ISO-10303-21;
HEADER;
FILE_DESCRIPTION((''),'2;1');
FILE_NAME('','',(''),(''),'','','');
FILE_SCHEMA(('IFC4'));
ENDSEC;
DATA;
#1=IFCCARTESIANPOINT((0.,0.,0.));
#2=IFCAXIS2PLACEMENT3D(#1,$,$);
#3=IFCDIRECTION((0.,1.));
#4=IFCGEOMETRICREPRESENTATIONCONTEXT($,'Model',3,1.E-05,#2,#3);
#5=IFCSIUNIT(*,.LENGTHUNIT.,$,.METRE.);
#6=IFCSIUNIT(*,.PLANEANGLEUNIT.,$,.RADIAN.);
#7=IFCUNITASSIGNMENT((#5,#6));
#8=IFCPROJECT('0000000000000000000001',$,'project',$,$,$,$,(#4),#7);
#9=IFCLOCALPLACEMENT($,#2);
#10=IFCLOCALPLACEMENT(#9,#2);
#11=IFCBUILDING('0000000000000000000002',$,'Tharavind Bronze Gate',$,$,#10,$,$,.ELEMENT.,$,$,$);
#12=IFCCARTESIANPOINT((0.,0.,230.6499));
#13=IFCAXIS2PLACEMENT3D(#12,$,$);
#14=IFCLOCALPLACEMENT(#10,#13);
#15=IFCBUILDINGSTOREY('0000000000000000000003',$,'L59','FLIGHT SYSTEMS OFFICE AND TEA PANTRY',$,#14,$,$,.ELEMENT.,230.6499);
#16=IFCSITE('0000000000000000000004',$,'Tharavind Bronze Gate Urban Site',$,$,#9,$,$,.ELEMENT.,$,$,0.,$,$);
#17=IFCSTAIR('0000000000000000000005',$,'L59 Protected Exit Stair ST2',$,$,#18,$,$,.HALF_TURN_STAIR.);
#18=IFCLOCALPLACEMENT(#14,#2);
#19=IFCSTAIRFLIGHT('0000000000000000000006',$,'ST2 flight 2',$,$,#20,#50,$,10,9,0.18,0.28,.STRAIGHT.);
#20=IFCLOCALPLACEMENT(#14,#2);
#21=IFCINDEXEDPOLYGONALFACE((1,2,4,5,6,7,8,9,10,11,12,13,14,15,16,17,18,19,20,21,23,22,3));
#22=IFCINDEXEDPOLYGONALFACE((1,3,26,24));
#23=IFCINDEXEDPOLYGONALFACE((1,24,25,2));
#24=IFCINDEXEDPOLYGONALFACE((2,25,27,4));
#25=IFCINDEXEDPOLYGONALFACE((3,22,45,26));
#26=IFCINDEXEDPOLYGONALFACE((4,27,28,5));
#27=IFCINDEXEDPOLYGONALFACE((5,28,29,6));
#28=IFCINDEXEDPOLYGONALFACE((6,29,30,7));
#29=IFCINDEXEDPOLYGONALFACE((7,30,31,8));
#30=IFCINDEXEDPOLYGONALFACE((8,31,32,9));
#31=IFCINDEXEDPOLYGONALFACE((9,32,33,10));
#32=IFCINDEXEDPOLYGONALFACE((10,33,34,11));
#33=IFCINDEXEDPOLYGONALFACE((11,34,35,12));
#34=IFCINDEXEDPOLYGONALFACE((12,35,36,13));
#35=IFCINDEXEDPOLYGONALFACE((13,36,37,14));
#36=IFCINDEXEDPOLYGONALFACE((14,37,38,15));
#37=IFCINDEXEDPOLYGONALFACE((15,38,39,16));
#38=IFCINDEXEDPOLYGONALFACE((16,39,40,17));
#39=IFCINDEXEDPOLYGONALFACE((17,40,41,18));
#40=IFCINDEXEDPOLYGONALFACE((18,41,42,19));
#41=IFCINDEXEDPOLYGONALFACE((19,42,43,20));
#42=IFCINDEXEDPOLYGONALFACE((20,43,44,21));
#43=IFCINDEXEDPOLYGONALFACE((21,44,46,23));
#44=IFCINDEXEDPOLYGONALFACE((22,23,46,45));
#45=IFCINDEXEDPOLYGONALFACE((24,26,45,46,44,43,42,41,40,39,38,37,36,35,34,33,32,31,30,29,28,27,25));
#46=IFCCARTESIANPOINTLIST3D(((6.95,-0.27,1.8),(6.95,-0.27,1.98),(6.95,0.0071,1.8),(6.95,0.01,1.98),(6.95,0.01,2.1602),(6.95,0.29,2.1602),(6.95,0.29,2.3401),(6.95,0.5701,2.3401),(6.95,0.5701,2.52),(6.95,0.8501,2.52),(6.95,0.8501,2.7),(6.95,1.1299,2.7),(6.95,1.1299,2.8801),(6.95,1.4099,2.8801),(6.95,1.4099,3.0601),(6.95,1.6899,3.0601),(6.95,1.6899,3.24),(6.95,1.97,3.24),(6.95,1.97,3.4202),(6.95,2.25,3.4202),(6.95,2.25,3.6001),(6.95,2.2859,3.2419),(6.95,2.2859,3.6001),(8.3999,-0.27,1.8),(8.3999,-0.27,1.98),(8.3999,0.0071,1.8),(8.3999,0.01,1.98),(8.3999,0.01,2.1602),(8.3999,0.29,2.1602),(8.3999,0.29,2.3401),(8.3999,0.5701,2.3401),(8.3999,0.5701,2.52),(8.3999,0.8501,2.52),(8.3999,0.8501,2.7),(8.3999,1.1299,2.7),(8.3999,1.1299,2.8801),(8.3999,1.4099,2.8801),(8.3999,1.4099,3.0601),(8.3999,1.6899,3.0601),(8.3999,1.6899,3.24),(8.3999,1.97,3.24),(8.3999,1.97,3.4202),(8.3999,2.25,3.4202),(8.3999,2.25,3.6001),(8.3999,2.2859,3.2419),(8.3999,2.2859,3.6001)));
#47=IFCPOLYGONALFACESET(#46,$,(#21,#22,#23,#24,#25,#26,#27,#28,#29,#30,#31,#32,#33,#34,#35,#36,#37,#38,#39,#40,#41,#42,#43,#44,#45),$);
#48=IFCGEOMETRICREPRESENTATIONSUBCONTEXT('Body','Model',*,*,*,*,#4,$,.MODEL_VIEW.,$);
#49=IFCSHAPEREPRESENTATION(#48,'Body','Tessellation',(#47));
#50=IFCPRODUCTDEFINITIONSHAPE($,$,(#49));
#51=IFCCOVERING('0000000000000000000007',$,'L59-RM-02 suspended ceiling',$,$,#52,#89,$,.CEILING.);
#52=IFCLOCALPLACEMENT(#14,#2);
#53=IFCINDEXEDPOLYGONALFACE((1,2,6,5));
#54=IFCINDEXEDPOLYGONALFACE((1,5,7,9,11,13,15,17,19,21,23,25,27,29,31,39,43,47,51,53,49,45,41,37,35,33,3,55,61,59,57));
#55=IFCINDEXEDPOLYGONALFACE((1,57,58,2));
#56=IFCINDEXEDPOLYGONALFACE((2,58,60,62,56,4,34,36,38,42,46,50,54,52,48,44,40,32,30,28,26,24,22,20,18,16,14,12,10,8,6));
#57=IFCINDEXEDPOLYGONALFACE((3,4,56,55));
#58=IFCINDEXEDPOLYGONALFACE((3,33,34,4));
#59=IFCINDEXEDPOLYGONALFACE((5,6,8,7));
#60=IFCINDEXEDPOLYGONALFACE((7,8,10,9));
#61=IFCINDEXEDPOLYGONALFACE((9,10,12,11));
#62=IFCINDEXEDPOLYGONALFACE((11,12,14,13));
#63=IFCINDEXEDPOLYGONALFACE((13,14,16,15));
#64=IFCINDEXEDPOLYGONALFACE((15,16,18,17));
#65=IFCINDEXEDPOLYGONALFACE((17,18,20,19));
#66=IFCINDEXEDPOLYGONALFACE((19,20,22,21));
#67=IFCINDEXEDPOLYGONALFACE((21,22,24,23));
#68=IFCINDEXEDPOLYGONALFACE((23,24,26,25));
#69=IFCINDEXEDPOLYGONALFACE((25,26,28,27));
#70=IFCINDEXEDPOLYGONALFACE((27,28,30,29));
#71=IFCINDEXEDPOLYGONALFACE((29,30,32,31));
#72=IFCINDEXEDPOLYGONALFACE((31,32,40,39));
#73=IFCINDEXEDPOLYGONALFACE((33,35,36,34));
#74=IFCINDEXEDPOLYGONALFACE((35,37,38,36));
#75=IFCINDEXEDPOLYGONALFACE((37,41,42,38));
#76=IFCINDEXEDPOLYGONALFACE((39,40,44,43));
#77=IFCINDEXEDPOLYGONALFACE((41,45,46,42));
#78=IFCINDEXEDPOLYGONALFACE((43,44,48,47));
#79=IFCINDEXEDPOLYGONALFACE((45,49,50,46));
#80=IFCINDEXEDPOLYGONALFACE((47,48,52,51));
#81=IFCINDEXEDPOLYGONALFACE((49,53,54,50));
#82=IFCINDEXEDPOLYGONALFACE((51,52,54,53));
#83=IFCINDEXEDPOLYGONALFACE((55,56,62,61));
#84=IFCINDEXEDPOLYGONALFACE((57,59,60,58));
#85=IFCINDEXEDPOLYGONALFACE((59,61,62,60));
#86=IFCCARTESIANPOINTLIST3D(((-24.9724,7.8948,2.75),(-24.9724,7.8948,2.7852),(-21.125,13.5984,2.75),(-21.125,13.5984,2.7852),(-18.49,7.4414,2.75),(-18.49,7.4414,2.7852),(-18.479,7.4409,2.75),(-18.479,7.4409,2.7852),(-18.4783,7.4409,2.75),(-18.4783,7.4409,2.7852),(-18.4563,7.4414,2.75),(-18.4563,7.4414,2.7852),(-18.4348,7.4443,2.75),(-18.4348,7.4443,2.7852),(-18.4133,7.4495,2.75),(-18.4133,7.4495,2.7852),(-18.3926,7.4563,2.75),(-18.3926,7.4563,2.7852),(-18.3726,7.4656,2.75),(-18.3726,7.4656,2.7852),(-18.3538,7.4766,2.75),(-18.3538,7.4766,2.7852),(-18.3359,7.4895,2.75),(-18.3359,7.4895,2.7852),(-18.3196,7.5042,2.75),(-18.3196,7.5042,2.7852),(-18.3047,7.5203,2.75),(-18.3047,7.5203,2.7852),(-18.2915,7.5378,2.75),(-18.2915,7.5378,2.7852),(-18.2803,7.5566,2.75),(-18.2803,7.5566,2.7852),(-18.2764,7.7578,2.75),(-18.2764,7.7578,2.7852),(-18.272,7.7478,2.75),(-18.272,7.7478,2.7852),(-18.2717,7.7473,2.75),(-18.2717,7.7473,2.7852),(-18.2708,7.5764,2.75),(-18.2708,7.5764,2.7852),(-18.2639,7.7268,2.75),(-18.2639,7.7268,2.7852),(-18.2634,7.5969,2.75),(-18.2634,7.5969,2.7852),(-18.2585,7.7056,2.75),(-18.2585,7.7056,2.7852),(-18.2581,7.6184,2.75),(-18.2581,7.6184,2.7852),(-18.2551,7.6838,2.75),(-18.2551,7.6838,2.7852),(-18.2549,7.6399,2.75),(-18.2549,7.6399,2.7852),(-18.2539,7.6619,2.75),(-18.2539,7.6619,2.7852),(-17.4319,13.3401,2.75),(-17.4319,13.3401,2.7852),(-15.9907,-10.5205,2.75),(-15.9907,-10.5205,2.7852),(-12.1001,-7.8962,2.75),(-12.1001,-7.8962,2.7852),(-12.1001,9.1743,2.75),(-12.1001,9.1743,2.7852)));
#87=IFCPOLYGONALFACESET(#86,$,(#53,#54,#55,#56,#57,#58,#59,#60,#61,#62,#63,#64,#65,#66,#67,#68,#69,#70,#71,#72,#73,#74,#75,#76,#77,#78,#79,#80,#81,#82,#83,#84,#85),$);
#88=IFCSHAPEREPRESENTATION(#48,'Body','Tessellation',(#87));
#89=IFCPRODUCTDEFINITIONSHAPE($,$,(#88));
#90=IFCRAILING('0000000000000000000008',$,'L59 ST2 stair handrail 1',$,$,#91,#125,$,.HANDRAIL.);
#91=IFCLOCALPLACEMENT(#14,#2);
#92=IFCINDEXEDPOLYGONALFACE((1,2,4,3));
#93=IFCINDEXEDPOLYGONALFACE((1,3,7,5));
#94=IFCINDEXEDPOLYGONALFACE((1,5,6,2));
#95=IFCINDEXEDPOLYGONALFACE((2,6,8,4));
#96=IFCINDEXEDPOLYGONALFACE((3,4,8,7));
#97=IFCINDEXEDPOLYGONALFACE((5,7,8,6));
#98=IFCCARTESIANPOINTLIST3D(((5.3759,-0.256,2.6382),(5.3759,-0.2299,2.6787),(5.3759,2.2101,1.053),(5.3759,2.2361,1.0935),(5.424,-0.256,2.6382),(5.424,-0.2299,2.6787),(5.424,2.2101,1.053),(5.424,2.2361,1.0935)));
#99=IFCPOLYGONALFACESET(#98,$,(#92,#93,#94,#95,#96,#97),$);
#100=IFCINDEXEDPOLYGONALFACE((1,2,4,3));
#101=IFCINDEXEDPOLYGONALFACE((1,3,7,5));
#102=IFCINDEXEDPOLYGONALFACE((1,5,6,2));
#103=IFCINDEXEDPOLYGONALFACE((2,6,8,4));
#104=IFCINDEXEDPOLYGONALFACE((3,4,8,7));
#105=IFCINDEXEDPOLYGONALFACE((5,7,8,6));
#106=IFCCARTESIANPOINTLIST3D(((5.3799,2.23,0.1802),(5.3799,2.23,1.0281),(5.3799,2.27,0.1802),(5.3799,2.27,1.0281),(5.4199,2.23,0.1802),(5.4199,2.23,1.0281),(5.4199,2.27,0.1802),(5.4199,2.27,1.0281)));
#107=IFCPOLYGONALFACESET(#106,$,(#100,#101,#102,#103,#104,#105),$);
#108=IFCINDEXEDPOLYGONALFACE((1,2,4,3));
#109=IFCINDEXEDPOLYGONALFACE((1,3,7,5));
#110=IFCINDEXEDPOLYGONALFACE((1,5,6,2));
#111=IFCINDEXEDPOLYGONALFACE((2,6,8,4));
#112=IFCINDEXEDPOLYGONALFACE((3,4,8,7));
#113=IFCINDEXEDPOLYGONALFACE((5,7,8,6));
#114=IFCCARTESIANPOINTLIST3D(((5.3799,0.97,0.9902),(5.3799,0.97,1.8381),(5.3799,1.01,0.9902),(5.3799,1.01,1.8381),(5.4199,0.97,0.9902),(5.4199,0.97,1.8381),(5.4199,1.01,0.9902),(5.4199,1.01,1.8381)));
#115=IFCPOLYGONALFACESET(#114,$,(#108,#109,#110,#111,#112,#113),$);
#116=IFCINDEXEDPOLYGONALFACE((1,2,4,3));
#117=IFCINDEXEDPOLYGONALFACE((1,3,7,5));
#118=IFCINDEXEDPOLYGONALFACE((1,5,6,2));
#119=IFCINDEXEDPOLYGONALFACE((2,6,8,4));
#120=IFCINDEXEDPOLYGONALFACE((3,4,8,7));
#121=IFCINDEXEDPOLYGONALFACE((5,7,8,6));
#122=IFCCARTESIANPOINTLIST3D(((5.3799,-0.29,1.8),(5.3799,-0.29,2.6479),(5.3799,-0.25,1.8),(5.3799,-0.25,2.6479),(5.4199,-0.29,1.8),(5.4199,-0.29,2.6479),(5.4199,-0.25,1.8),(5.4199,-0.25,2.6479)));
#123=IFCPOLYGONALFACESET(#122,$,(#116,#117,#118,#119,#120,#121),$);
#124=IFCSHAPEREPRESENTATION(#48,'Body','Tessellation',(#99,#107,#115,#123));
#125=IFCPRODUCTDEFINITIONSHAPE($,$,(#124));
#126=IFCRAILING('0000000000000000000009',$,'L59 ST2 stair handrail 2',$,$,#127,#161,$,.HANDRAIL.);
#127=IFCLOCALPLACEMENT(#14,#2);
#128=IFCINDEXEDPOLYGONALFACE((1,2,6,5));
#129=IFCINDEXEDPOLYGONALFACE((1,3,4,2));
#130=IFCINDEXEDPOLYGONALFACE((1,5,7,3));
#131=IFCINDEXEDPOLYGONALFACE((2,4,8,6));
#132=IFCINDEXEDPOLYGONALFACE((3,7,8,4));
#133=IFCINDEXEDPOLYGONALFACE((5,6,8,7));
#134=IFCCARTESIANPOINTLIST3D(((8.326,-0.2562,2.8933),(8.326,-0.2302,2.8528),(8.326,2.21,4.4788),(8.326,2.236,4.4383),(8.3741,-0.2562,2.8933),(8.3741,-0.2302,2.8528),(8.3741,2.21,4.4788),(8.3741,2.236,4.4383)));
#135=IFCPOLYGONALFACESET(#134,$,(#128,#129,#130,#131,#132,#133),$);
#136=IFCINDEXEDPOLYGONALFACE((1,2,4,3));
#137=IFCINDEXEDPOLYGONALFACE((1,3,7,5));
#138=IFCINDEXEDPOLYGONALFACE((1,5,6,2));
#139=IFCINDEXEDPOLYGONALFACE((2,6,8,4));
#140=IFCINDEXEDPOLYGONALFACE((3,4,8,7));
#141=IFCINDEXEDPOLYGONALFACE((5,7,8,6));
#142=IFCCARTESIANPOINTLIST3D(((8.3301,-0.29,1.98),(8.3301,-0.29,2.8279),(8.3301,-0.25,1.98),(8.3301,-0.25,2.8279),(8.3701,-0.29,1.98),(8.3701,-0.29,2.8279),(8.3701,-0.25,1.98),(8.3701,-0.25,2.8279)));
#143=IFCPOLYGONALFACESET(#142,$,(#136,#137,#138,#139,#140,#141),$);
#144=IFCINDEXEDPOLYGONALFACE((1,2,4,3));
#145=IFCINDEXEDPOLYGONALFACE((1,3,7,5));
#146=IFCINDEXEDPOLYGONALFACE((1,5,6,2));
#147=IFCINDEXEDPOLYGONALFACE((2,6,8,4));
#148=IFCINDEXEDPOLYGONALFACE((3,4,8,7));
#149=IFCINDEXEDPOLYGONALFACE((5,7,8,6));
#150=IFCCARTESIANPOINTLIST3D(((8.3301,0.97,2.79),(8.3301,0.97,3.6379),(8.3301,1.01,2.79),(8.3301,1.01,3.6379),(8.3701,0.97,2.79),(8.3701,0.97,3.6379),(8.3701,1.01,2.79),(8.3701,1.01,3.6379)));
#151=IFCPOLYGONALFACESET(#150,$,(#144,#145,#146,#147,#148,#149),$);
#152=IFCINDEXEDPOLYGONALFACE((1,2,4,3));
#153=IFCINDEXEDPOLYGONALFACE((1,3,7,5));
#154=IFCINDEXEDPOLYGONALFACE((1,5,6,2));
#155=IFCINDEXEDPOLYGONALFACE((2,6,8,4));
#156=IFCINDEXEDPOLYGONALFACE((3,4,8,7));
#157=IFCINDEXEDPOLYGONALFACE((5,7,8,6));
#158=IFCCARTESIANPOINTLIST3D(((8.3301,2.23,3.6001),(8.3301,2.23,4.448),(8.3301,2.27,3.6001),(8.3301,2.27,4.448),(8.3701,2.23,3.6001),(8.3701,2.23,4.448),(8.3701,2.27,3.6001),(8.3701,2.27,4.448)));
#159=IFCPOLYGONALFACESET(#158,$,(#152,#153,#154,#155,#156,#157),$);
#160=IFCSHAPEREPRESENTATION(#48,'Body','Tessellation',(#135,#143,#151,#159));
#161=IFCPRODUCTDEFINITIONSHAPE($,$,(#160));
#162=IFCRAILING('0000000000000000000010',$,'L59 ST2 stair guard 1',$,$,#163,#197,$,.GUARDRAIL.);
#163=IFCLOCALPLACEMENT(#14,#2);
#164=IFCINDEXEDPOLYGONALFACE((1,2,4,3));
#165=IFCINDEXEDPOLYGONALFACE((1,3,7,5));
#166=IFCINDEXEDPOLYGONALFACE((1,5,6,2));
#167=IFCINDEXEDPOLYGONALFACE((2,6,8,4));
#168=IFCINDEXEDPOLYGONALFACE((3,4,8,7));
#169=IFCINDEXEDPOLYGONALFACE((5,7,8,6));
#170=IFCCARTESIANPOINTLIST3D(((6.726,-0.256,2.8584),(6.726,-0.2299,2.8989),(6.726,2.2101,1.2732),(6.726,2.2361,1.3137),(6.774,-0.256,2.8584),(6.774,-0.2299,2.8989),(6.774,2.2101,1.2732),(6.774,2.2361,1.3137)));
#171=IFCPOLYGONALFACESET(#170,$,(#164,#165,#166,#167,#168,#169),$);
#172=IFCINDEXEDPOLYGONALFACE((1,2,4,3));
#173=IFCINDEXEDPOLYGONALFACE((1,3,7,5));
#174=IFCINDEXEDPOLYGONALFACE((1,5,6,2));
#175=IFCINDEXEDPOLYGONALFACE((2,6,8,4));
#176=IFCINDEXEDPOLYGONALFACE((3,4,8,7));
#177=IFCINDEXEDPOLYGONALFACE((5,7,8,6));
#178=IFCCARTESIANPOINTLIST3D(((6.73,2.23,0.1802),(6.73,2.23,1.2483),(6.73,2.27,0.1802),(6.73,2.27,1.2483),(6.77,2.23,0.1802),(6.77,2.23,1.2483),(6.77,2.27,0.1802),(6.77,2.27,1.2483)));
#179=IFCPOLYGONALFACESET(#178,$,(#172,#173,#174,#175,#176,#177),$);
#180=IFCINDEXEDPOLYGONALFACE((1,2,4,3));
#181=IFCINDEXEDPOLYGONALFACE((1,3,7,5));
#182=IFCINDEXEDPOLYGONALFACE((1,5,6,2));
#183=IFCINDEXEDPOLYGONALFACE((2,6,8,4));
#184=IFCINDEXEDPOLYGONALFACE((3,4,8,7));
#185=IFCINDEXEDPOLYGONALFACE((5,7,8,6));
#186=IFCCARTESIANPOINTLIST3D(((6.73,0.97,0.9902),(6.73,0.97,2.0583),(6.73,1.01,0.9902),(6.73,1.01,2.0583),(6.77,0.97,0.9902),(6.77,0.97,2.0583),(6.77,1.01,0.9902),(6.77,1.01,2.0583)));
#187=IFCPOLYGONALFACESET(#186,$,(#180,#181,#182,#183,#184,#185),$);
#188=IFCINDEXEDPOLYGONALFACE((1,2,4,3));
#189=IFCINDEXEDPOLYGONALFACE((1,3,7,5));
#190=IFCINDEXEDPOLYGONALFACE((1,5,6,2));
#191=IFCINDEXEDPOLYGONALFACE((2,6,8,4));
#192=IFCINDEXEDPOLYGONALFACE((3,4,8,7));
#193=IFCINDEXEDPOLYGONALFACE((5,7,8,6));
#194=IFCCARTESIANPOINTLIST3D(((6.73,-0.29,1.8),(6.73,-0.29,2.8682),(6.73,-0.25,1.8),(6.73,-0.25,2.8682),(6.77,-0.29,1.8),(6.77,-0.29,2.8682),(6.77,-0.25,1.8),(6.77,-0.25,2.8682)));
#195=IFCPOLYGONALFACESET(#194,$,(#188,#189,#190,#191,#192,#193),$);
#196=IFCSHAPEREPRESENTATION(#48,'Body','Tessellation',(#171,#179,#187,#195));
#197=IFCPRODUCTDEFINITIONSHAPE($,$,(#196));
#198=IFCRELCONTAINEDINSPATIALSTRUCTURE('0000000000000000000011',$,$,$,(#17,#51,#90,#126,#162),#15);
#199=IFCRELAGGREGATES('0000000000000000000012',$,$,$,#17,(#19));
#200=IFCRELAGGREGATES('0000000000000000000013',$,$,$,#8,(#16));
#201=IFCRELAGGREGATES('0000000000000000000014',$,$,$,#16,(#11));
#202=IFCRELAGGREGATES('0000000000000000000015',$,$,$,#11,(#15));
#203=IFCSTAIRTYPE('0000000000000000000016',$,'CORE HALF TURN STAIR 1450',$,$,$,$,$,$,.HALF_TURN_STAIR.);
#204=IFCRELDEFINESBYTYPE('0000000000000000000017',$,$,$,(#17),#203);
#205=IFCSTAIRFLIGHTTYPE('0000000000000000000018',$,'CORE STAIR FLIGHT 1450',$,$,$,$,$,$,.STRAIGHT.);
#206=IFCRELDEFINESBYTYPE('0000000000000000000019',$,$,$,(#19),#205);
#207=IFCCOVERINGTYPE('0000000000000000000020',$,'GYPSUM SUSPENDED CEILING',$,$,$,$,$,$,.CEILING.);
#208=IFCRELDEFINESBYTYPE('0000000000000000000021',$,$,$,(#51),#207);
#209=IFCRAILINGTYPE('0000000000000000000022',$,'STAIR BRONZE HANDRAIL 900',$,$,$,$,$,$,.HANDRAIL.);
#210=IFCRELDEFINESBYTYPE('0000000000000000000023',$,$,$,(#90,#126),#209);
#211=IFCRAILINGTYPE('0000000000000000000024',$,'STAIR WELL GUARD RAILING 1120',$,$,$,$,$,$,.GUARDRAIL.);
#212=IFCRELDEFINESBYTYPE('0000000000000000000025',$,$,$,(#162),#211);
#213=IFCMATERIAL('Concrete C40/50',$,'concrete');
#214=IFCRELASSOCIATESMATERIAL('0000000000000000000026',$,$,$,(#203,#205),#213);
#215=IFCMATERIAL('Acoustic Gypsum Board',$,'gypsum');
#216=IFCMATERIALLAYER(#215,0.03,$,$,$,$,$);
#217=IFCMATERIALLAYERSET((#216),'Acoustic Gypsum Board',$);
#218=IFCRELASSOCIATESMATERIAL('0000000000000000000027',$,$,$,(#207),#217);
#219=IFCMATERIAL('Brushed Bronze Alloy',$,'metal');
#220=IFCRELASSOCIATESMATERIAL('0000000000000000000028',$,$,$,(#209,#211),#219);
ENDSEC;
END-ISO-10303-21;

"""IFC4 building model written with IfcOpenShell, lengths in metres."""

from ifc_helpers import new_model, si_unit, direction, frame, origin, origin_2d, place, context, subcontext, project, spatial, polyline, rectangle, outline, extrude, material, layer, layer_set, type_object, element, aggregate, save


model = new_model("IFC4")

# Units and contexts
model_context = context("Model", 3, precision=1e-05, world=origin(), true_north=direction((0.0, 1.0)))
body_context = subcontext(model_context, "Body", "Model", "MODEL_VIEW")
ifc_project = project(units=[si_unit("LENGTHUNIT", "METRE"), si_unit("PLANEANGLEUNIT", "RADIAN")], contexts=[model_context])

# Site, building, storey
site_placement = place(None, origin())
site = spatial("IfcSite", under=ifc_project, at=site_placement, Name="Tharavind Bronze Gate Urban Site", CompositionType="ELEMENT", RefElevation=0.0)
building_placement = place(site_placement, origin())
building = spatial("IfcBuilding", under=site, at=building_placement, Name="Tharavind Bronze Gate", CompositionType="ELEMENT")
storey_placement = place(building_placement, frame((0.0, 0.0, 230.6499)))
storey = spatial("IfcBuildingStorey", under=building, at=storey_placement, Name="L59", Description="FLIGHT SYSTEMS OFFICE AND TEA PANTRY", CompositionType="ELEMENT", Elevation=230.6499)

# Shared definitions
ifc_material_1 = material(Name="Concrete C40/50", Category="concrete")

# Stair, stair flight
stair_type = type_object("IfcStairType", Name="CORE HALF TURN STAIR 1450", PredefinedType="HALF_TURN_STAIR", material=ifc_material_1)
stair_placement = place(storey_placement, origin())
stair = element("IfcStair", 1, at=stair_placement, inside=storey, type_object=stair_type, Name="L59 Protected Exit Stair ST2", PredefinedType="HALF_TURN_STAIR")
stair_flight_type = type_object("IfcStairFlightType", Name="CORE STAIR FLIGHT 1450", PredefinedType="STRAIGHT", material=ifc_material_1)
stair_flight_1_placement = place(storey_placement, frame((7.675, -0.27, 1.8), z_axis=(0.0, 0.0, 1.0), x_axis=(0.0, 1.0, 0.0)))
stair_flight_1 = element("IfcStairFlight", 2, at=stair_flight_1_placement, type_object=stair_flight_type, Name="ST2 flight 2", NumberOfRisers=10, NumberOfTreads=9, PredefinedType="STRAIGHT", RiserHeight=0.18, TreadLength=0.28, context=body_context, shape_type="SweptSolid", body=[
    extrude(outline(polyline([(0.0, 0.0), (0.0, 0.1799), (0.28, 0.1799), (0.28, 0.3601), (0.5601, 0.3601), (0.5601, 0.54), (0.8401, 0.54), (0.8401, 0.72), (1.1201, 0.72), (1.1201, 0.8999), (1.3999, 0.8999), (1.3999, 1.0801), (1.6799, 1.0801), (1.6799, 1.26), (1.96, 1.26), (1.96, 1.4399), (2.24, 1.4399), (2.24, 1.6201), (2.52, 1.6201), (2.52, 1.8), (2.5559, 1.8), (2.5559, 1.4419), (0.2771, 0.0), (0.0, 0.0)])), frame((0.0, 0.7251, 0.0), z_axis=(0.0, -1.0, 0.0), x_axis=(1.0, 0.0, 0.0)), (0.0, 0.0, 1.0), 1.45),
])
aggregate(stair, [stair_flight_1])

# Covering
ifc_material_2 = material(Name="Acoustic Gypsum Board", Category="gypsum")
ifc_layer_1 = layer(ifc_material_2, 0.03)
ifc_layer_set_1 = layer_set([ifc_layer_1], Name="Acoustic Gypsum Board")
covering_type = type_object("IfcCoveringType", Name="GYPSUM SUSPENDED CEILING", PredefinedType="CEILING", material=ifc_layer_set_1)
covering_placement = place(storey_placement, frame((0.0, 0.0, 2.75)))
element("IfcCovering", 3, at=covering_placement, inside=storey, type_object=covering_type, Name="L59-RM-02 suspended ceiling", PredefinedType="CEILING", context=body_context, shape_type="SweptSolid", body=[
    extrude(outline(polyline([(-15.9907, -10.5205), (-12.1001, -7.8962), (-12.1001, 9.1743), (-17.4319, 13.3401), (-21.125, 13.5984), (-18.2764, 7.7578), (-18.272, 7.7478), (-18.2717, 7.7473), (-18.2639, 7.7268), (-18.2585, 7.7056), (-18.2551, 7.6838), (-18.2539, 7.6619), (-18.2549, 7.6399), (-18.2581, 7.6184), (-18.2634, 7.5969), (-18.2708, 7.5764), (-18.2803, 7.5566), (-18.2915, 7.5378), (-18.3047, 7.5203), (-18.3196, 7.5042), (-18.3359, 7.4895), (-18.3538, 7.4766), (-18.3726, 7.4656), (-18.3926, 7.4563), (-18.4133, 7.4495), (-18.4348, 7.4443), (-18.4563, 7.4414), (-18.4783, 7.4409), (-18.479, 7.4409), (-18.49, 7.4414), (-24.9724, 7.8948), (-15.9907, -10.5205)])), origin(), (0.0, 0.0, 1.0), 0.0352),
])

# Railings
ifc_material_3 = material(Name="Brushed Bronze Alloy", Category="metal")
railing_type_1 = type_object("IfcRailingType", Name="STAIR BRONZE HANDRAIL 900", PredefinedType="HANDRAIL", material=ifc_material_3)
railing_1_placement = place(storey_placement, frame((5.3999, 2.25, 0.1802)))
element("IfcRailing", 4, at=railing_1_placement, inside=storey, type_object=railing_type_1, Name="L59 ST2 stair handrail 1", PredefinedType="HANDRAIL", context=body_context, shape_type="SweptSolid", body=[
    extrude(rectangle(XDim=0.0481, YDim=0.0481, at=origin_2d()), frame((0.0, -0.0269, 0.8931), z_axis=(0.0, -0.8412, 0.540725), x_axis=(1.0, 0.0, 0.0)), (0.0, 0.0, 1.0), 2.9316),
    extrude(rectangle(XDim=0.04, YDim=0.04, at=origin_2d()), origin(), (0.0, 0.0, 1.0), 0.8479),
    extrude(rectangle(XDim=0.04, YDim=0.04, at=origin_2d()), frame((0.0, -1.26, 0.8101)), (0.0, 0.0, 1.0), 0.8479),
    extrude(rectangle(XDim=0.04, YDim=0.04, at=origin_2d()), frame((0.0, -2.52, 1.6199)), (0.0, 0.0, 1.0), 0.8479),
])
railing_2_placement = place(storey_placement, frame((8.3501, -0.27, 1.98)))
element("IfcRailing", 5, at=railing_2_placement, inside=storey, type_object=railing_type_1, Name="L59 ST2 stair handrail 2", PredefinedType="HANDRAIL", context=body_context, shape_type="SweptSolid", body=[
    extrude(rectangle(XDim=0.0481, YDim=0.0481, at=origin_2d()), frame((0.0, 0.0269, 0.8931), z_axis=(0.0, 0.841163, 0.540782), x_axis=(-1.0, 0.0, 0.0)), (0.0, 0.0, 1.0), 2.9319),
    extrude(rectangle(XDim=0.04, YDim=0.04, at=origin_2d()), origin(), (0.0, 0.0, 1.0), 0.8479),
    extrude(rectangle(XDim=0.04, YDim=0.04, at=origin_2d()), frame((0.0, 1.26, 0.8101)), (0.0, 0.0, 1.0), 0.8479),
    extrude(rectangle(XDim=0.04, YDim=0.04, at=origin_2d()), frame((0.0, 2.52, 1.6201)), (0.0, 0.0, 1.0), 0.8479),
])
railing_type_2 = type_object("IfcRailingType", Name="STAIR WELL GUARD RAILING 1120", PredefinedType="GUARDRAIL", material=ifc_material_3)
railing_3_placement = place(storey_placement, frame((6.75, 2.25, 0.1802)))
element("IfcRailing", 6, at=railing_3_placement, inside=storey, type_object=railing_type_2, Name="L59 ST2 stair guard 1", PredefinedType="GUARDRAIL", context=body_context, shape_type="SweptSolid", body=[
    extrude(rectangle(XDim=0.0481, YDim=0.0481, at=origin_2d()), frame((0.0, -0.0269, 1.1133), z_axis=(0.0, -0.8412, 0.540725), x_axis=(1.0, 0.0, 0.0)), (0.0, 0.0, 1.0), 2.9316),
    extrude(rectangle(XDim=0.04, YDim=0.04, at=origin_2d()), origin(), (0.0, 0.0, 1.0), 1.0681),
    extrude(rectangle(XDim=0.04, YDim=0.04, at=origin_2d()), frame((0.0, -1.26, 0.8101)), (0.0, 0.0, 1.0), 1.0681),
    extrude(rectangle(XDim=0.04, YDim=0.04, at=origin_2d()), frame((0.0, -2.52, 1.6199)), (0.0, 0.0, 1.0), 1.0681),
])

save(model, "model.ifc")
